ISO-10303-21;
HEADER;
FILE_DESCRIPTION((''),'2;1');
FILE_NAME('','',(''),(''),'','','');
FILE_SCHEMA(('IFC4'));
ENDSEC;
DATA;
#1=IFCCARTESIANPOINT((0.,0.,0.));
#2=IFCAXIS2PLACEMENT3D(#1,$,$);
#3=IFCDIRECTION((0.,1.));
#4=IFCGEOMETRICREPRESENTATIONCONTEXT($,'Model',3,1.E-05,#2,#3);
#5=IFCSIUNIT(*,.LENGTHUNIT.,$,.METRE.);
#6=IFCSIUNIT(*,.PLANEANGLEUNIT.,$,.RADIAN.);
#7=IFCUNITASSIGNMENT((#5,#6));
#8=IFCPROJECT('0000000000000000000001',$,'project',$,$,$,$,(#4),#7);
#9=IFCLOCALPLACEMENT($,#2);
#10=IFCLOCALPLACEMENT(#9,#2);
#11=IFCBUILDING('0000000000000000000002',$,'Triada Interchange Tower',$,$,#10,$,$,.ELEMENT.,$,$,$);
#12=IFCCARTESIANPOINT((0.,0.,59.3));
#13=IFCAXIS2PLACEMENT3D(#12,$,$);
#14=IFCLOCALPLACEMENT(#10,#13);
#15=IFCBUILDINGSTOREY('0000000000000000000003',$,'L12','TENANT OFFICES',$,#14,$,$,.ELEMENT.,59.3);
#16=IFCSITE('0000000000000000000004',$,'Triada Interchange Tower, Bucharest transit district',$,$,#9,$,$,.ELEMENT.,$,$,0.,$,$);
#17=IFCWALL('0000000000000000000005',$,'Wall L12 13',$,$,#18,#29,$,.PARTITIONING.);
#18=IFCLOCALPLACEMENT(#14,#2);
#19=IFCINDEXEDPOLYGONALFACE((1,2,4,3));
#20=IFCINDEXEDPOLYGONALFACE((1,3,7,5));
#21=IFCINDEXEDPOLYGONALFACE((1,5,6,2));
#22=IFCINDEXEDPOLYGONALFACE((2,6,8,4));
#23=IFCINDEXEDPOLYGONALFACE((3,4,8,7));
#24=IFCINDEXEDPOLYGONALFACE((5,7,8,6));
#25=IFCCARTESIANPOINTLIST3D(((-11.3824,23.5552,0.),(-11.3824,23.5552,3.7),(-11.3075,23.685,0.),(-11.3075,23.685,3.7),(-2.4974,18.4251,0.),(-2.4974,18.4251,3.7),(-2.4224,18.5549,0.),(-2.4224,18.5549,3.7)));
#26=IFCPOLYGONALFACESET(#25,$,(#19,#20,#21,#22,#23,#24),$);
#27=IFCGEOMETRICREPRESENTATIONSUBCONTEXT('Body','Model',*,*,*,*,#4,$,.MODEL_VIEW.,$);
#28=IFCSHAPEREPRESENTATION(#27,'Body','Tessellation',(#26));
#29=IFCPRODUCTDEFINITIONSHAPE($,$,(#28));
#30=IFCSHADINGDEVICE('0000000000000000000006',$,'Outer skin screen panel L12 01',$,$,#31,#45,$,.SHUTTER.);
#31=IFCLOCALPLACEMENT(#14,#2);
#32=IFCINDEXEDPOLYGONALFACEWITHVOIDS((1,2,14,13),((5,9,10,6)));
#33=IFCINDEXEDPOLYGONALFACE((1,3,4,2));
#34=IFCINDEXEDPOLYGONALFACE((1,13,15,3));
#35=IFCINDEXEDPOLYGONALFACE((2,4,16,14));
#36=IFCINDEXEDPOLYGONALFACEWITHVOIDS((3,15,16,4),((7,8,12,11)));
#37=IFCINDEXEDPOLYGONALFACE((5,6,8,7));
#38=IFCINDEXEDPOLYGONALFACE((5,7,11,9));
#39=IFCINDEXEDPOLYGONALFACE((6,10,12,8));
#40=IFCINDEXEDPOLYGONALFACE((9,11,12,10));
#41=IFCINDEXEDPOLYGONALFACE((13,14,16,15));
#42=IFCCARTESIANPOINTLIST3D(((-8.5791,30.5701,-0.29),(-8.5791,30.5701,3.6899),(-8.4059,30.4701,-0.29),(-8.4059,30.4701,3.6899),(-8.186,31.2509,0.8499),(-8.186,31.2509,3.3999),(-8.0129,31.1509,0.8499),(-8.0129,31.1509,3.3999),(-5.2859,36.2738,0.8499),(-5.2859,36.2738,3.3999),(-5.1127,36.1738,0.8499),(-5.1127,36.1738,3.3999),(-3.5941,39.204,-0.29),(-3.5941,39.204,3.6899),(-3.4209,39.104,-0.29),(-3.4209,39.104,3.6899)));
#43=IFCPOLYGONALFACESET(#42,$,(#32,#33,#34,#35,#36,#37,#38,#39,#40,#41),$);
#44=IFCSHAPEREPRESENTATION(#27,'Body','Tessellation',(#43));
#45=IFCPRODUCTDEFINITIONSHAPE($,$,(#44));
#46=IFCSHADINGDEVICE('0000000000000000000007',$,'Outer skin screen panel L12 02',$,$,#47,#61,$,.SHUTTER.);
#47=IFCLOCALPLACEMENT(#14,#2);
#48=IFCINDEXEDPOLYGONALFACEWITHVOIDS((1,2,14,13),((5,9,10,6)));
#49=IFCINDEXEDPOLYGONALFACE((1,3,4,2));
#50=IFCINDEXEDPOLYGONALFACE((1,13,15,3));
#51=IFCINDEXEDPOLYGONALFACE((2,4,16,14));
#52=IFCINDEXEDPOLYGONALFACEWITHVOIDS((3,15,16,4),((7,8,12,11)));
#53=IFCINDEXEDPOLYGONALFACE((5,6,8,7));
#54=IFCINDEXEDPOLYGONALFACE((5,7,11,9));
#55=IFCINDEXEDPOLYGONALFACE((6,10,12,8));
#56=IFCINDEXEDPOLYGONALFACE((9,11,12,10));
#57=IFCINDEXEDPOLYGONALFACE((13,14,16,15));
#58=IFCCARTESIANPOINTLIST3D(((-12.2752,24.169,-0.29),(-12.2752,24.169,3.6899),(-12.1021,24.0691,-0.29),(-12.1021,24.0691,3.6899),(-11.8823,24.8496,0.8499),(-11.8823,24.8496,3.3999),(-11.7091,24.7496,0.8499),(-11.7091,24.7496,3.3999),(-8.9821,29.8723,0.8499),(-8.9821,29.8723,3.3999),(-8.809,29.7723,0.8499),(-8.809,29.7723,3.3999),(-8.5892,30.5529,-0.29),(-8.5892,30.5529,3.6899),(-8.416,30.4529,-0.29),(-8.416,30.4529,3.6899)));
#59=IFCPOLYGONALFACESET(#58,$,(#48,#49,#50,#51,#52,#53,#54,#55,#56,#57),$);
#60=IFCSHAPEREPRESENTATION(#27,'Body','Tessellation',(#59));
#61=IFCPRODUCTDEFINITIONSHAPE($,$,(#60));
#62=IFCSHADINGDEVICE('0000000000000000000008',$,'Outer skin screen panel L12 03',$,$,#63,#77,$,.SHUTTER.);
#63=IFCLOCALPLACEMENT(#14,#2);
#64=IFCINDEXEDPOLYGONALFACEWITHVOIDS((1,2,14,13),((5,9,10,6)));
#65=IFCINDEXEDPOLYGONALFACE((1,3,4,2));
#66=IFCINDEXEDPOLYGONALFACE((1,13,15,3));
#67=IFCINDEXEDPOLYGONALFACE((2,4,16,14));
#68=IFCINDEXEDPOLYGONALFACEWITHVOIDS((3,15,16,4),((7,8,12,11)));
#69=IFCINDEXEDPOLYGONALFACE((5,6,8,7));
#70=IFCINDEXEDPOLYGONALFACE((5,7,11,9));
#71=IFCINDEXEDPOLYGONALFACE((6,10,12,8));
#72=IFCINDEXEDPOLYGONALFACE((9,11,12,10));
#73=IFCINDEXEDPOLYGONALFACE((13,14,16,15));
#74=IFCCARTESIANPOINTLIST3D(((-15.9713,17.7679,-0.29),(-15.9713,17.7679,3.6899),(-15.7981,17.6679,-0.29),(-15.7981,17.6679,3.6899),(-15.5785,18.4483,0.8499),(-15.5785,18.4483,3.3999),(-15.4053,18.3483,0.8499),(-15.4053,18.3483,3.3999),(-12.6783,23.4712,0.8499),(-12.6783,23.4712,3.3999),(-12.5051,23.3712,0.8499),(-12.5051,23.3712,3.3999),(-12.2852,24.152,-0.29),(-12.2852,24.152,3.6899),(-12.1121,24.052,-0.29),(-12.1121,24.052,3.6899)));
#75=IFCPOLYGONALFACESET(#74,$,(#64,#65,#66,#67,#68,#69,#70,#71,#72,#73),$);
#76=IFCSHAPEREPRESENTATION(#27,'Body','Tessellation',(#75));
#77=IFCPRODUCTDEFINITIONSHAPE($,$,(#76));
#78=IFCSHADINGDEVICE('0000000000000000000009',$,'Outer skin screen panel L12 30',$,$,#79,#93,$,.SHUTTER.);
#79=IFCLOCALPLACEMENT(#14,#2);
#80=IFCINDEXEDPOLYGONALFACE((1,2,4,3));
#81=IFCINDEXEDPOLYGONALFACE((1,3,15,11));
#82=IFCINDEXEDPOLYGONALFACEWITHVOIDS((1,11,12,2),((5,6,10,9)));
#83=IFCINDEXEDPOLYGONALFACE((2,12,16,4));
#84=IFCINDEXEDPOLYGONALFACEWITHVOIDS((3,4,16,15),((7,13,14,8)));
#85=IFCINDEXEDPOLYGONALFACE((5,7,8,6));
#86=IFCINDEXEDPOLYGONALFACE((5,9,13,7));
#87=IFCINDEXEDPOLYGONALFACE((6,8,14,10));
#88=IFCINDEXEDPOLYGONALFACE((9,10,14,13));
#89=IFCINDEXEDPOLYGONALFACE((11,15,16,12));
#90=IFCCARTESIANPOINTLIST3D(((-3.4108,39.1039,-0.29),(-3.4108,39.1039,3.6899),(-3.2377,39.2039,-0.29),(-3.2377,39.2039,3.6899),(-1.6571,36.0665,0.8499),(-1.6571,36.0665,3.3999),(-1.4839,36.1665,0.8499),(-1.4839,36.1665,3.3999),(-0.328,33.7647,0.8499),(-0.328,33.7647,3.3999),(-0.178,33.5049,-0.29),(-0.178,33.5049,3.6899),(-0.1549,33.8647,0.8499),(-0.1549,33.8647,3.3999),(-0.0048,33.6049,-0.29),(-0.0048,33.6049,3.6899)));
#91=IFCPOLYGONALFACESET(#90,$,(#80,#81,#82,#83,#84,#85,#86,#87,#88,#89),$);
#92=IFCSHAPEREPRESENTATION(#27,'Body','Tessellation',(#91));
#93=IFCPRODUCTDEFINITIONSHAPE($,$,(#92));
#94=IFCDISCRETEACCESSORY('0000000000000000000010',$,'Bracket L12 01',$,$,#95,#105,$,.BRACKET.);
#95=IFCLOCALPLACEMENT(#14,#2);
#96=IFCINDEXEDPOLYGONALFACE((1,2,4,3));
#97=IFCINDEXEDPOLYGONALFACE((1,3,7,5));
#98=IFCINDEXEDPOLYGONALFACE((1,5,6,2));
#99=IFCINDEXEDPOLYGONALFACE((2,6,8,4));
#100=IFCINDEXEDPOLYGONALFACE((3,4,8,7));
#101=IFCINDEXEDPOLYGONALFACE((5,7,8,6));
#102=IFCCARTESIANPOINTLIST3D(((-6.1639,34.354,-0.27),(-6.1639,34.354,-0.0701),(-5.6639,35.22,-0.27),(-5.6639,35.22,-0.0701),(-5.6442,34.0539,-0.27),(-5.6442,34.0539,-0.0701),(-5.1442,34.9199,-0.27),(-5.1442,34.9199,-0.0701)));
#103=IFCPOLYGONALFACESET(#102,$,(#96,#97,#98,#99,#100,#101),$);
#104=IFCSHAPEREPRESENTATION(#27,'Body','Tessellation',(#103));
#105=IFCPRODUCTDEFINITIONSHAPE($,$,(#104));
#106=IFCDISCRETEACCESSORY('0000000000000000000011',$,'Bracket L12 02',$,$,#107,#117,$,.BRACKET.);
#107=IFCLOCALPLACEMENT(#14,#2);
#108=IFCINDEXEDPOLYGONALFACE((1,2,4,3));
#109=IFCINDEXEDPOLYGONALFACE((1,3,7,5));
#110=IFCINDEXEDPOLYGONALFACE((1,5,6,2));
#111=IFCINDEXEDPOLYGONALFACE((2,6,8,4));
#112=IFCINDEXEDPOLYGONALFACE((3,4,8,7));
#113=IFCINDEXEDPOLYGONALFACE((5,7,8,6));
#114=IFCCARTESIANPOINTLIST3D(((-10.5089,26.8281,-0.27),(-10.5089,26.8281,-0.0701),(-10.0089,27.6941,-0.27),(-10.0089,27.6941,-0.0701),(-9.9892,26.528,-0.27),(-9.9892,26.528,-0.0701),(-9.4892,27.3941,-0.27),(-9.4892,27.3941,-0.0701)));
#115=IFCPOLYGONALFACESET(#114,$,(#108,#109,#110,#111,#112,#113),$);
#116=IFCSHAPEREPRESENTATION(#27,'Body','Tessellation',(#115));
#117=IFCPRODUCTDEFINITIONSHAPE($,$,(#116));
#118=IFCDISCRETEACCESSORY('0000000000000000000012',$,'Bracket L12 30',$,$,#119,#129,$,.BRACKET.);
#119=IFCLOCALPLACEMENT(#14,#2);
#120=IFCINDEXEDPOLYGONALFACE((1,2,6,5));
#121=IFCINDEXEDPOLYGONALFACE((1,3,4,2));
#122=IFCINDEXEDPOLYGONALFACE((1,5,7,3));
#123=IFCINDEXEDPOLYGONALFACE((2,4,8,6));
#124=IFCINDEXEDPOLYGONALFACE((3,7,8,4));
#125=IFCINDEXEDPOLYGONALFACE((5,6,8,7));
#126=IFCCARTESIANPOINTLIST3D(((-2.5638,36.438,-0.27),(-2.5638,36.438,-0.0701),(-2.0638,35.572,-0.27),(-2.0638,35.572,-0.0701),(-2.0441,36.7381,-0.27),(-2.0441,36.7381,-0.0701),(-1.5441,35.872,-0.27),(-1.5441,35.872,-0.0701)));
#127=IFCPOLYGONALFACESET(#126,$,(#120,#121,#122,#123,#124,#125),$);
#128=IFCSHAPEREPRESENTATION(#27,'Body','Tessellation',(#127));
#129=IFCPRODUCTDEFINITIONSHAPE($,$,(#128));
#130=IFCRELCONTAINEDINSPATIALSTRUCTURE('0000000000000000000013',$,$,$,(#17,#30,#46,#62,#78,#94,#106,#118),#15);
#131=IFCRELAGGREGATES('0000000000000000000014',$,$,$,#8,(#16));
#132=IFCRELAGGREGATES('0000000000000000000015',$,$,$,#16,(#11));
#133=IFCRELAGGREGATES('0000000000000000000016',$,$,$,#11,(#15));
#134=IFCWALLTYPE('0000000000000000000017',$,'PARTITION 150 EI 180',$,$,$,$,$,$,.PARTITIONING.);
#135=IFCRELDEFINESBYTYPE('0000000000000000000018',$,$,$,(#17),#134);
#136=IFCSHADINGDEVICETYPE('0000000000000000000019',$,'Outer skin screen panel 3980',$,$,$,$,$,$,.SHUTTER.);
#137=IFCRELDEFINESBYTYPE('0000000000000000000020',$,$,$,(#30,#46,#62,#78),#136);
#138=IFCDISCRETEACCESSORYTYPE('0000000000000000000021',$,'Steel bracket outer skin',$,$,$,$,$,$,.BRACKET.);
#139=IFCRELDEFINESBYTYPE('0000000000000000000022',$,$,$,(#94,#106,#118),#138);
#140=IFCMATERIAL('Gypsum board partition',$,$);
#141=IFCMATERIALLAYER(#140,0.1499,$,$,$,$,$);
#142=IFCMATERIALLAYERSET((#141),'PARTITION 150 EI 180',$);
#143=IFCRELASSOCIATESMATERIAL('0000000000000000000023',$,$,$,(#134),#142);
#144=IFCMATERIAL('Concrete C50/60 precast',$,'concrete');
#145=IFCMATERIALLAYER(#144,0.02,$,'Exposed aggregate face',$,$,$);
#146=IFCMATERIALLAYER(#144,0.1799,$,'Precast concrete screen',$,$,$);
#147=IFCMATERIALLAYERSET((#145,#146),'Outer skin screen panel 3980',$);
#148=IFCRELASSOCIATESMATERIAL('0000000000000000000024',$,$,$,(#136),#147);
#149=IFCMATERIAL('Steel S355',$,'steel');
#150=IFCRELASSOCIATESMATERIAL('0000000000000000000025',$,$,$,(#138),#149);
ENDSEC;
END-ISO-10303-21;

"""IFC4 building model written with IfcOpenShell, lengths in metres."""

from ifc_helpers import new_model, si_unit, direction, frame, frame_2d, origin, origin_2d, place, context, subcontext, project, spatial, polyline, rectangle, outline, extrude, material, layer, layer_set, type_object, element, save


model = new_model("IFC4")

# Units and contexts
model_context = context("Model", 3, precision=1e-05, world=origin(), true_north=direction((0.0, 1.0)))
body_context = subcontext(model_context, "Body", "Model", "MODEL_VIEW")
ifc_project = project(units=[si_unit("LENGTHUNIT", "METRE"), si_unit("PLANEANGLEUNIT", "RADIAN")], contexts=[model_context])

# Site, building, storey
site_placement = place(None, origin())
site = spatial("IfcSite", under=ifc_project, at=site_placement, Name="Triada Interchange Tower, Bucharest transit district", CompositionType="ELEMENT", RefElevation=0.0)
building_placement = place(site_placement, origin())
building = spatial("IfcBuilding", under=site, at=building_placement, Name="Triada Interchange Tower", CompositionType="ELEMENT")
storey_placement = place(building_placement, frame((0.0, 0.0, 59.3)))
storey = spatial("IfcBuildingStorey", under=building, at=storey_placement, Name="L12", Description="TENANT OFFICES", CompositionType="ELEMENT", Elevation=59.3)

# Wall
ifc_material_1 = material(Name="Gypsum board partition")
ifc_layer_1 = layer(ifc_material_1, 0.1499)
ifc_layer_set_1 = layer_set([ifc_layer_1], Name="PARTITION 150 EI 180")
wall_type_1 = type_object("IfcWallType", Name="PARTITION 150 EI 180", PredefinedType="PARTITIONING", material=ifc_layer_set_1)
wall_1_placement = place(storey_placement, frame((-11.345, 23.6201, 0.0), z_axis=(0.0, 0.0, 1.0), x_axis=(0.86601, -0.500027, 0.0)))
element("IfcWall", 1, at=wall_1_placement, inside=storey, type_object=wall_type_1, Name="Wall L12 13", PredefinedType="PARTITIONING", context=body_context, shape_type="SweptSolid", body=[
    extrude(rectangle(XDim=10.2598, YDim=0.1499, at=frame_2d((5.1299, 0.0))), origin(), (0.0, 0.0, 1.0), 3.7),
])

# Shading devices
ifc_material_2 = material(Name="Concrete C50/60 precast", Category="concrete")
ifc_layer_2 = layer(ifc_material_2, 0.02, Name="Exposed aggregate face")
ifc_layer_3 = layer(ifc_material_2, 0.1799, Name="Precast concrete screen")
ifc_layer_set_2 = layer_set([ifc_layer_2, ifc_layer_3], Name="Outer skin screen panel 3980")
shading_device_type = type_object("IfcShadingDeviceType", Name="Outer skin screen panel 3980", PredefinedType="SHUTTER", material=ifc_layer_set_2)
shading_device_1_placement = place(storey_placement, frame((-3.4209, 39.104, -0.29), z_axis=(0.0, 0.0, 1.0), x_axis=(-0.500019, -0.866015, 0.0)))
element("IfcShadingDevice", 2, at=shading_device_1_placement, inside=storey, type_object=shading_device_type, Name="Outer skin screen panel L12 01", PredefinedType="SHUTTER", context=body_context, shape_type="SweptSolid", body=[
    extrude(outline(polyline([(0.0, 0.0), (9.9697, 0.0), (9.9697, 3.98), (0.0, 3.98), (0.0, 0.0)]), holes=[polyline([(3.3835, 1.1399), (3.3835, 3.6899), (9.1836, 3.6899), (9.1836, 1.1399), (3.3835, 1.1399)])]), frame((0.0, 0.0, 0.0), z_axis=(0.0, -1.0, 0.0), x_axis=(1.0, 0.0, 0.0)), (0.0, 0.0, 1.0), 0.2),
])
shading_device_2_placement = place(storey_placement, frame((-8.416, 30.4529, -0.29), z_axis=(0.0, 0.0, 1.0), x_axis=(-0.500036, -0.866005, 0.0)))
element("IfcShadingDevice", 3, at=shading_device_2_placement, inside=storey, type_object=shading_device_type, Name="Outer skin screen panel L12 02", PredefinedType="SHUTTER", context=body_context, shape_type="SweptSolid", body=[
    extrude(outline(polyline([(0.0, 0.0), (7.3716, 0.0), (7.3716, 3.98), (0.0, 3.98), (0.0, 0.0)]), holes=[polyline([(0.7859, 1.1399), (0.7859, 3.6899), (6.5857, 3.6899), (6.5857, 1.1399), (0.7859, 1.1399)])]), frame((0.0, 0.0, 0.0), z_axis=(0.0, -1.0, 0.0), x_axis=(1.0, 0.0, 0.0)), (0.0, 0.0, 1.0), 0.2),
])
shading_device_3_placement = place(storey_placement, frame((-12.1121, 24.052, -0.29), z_axis=(0.0, 0.0, 1.0), x_axis=(-0.500022, -0.866013, 0.0)))
element("IfcShadingDevice", 4, at=shading_device_3_placement, inside=storey, type_object=shading_device_type, Name="Outer skin screen panel L12 03", PredefinedType="SHUTTER", context=body_context, shape_type="SweptSolid", body=[
    extrude(outline(polyline([(0.0, 0.0), (7.3718, 0.0), (7.3718, 3.98), (0.0, 3.98), (0.0, 0.0)]), holes=[polyline([(0.7861, 1.1399), (0.7861, 3.6899), (6.5862, 3.6899), (6.5862, 1.1399), (0.7861, 1.1399)])]), frame((0.0, 0.0, 0.0), z_axis=(0.0, -1.0, 0.0), x_axis=(1.0, 0.0, 0.0)), (0.0, 0.0, 1.0), 0.2),
])
shading_device_4_placement = place(storey_placement, frame((-0.178, 33.5049, -0.29), z_axis=(0.0, 0.0, 1.0), x_axis=(-0.50003, 0.866008, 0.0)))
element("IfcShadingDevice", 5, at=shading_device_4_placement, inside=storey, type_object=shading_device_type, Name="Outer skin screen panel L12 30", PredefinedType="SHUTTER", context=body_context, shape_type="SweptSolid", body=[
    extrude(outline(polyline([(0.0, 0.0), (6.4653, 0.0), (6.4653, 3.98), (0.0, 3.98), (0.0, 0.0)]), holes=[polyline([(0.3, 1.1399), (0.3, 3.6899), (2.958, 3.6899), (2.958, 1.1399), (0.3, 1.1399)])]), frame((0.0, 0.0, 0.0), z_axis=(0.0, -1.0, 0.0), x_axis=(1.0, 0.0, 0.0)), (0.0, 0.0, 1.0), 0.2),
])

# Discrete accessories
ifc_material_3 = material(Name="Steel S355", Category="steel")
discrete_accessory_type = type_object("IfcDiscreteAccessoryType", Name="Steel bracket outer skin", PredefinedType="BRACKET", material=ifc_material_3)
for number, where, z_axis, x_axis, name in (
    (6, (-5.6541, 34.637, -0.27), (0.0, 0.0, 1.0), (-0.866022, 0.500006, 0.0), "Bracket L12 01"),
    (7, (-9.999, 27.1111, -0.27), (0.0, 0.0, 1.0), (-0.866022, 0.500006, 0.0), "Bracket L12 02"),
    (8, (-2.054, 36.155, -0.27), (0.0, 0.0, 1.0), (0.866037, 0.49998, 0.0), "Bracket L12 30"),
):
    element("IfcDiscreteAccessory", number, at=place(storey_placement, frame(where, z_axis=z_axis, x_axis=x_axis)), inside=storey, type_object=discrete_accessory_type, Name=name, PredefinedType="BRACKET", context=body_context, shape_type="SweptSolid", body=[
        extrude(rectangle(XDim=0.6001, YDim=1.0, at=origin_2d()), origin(), (0.0, 0.0, 1.0), 0.2),
    ])

save(model, "model.ifc")
